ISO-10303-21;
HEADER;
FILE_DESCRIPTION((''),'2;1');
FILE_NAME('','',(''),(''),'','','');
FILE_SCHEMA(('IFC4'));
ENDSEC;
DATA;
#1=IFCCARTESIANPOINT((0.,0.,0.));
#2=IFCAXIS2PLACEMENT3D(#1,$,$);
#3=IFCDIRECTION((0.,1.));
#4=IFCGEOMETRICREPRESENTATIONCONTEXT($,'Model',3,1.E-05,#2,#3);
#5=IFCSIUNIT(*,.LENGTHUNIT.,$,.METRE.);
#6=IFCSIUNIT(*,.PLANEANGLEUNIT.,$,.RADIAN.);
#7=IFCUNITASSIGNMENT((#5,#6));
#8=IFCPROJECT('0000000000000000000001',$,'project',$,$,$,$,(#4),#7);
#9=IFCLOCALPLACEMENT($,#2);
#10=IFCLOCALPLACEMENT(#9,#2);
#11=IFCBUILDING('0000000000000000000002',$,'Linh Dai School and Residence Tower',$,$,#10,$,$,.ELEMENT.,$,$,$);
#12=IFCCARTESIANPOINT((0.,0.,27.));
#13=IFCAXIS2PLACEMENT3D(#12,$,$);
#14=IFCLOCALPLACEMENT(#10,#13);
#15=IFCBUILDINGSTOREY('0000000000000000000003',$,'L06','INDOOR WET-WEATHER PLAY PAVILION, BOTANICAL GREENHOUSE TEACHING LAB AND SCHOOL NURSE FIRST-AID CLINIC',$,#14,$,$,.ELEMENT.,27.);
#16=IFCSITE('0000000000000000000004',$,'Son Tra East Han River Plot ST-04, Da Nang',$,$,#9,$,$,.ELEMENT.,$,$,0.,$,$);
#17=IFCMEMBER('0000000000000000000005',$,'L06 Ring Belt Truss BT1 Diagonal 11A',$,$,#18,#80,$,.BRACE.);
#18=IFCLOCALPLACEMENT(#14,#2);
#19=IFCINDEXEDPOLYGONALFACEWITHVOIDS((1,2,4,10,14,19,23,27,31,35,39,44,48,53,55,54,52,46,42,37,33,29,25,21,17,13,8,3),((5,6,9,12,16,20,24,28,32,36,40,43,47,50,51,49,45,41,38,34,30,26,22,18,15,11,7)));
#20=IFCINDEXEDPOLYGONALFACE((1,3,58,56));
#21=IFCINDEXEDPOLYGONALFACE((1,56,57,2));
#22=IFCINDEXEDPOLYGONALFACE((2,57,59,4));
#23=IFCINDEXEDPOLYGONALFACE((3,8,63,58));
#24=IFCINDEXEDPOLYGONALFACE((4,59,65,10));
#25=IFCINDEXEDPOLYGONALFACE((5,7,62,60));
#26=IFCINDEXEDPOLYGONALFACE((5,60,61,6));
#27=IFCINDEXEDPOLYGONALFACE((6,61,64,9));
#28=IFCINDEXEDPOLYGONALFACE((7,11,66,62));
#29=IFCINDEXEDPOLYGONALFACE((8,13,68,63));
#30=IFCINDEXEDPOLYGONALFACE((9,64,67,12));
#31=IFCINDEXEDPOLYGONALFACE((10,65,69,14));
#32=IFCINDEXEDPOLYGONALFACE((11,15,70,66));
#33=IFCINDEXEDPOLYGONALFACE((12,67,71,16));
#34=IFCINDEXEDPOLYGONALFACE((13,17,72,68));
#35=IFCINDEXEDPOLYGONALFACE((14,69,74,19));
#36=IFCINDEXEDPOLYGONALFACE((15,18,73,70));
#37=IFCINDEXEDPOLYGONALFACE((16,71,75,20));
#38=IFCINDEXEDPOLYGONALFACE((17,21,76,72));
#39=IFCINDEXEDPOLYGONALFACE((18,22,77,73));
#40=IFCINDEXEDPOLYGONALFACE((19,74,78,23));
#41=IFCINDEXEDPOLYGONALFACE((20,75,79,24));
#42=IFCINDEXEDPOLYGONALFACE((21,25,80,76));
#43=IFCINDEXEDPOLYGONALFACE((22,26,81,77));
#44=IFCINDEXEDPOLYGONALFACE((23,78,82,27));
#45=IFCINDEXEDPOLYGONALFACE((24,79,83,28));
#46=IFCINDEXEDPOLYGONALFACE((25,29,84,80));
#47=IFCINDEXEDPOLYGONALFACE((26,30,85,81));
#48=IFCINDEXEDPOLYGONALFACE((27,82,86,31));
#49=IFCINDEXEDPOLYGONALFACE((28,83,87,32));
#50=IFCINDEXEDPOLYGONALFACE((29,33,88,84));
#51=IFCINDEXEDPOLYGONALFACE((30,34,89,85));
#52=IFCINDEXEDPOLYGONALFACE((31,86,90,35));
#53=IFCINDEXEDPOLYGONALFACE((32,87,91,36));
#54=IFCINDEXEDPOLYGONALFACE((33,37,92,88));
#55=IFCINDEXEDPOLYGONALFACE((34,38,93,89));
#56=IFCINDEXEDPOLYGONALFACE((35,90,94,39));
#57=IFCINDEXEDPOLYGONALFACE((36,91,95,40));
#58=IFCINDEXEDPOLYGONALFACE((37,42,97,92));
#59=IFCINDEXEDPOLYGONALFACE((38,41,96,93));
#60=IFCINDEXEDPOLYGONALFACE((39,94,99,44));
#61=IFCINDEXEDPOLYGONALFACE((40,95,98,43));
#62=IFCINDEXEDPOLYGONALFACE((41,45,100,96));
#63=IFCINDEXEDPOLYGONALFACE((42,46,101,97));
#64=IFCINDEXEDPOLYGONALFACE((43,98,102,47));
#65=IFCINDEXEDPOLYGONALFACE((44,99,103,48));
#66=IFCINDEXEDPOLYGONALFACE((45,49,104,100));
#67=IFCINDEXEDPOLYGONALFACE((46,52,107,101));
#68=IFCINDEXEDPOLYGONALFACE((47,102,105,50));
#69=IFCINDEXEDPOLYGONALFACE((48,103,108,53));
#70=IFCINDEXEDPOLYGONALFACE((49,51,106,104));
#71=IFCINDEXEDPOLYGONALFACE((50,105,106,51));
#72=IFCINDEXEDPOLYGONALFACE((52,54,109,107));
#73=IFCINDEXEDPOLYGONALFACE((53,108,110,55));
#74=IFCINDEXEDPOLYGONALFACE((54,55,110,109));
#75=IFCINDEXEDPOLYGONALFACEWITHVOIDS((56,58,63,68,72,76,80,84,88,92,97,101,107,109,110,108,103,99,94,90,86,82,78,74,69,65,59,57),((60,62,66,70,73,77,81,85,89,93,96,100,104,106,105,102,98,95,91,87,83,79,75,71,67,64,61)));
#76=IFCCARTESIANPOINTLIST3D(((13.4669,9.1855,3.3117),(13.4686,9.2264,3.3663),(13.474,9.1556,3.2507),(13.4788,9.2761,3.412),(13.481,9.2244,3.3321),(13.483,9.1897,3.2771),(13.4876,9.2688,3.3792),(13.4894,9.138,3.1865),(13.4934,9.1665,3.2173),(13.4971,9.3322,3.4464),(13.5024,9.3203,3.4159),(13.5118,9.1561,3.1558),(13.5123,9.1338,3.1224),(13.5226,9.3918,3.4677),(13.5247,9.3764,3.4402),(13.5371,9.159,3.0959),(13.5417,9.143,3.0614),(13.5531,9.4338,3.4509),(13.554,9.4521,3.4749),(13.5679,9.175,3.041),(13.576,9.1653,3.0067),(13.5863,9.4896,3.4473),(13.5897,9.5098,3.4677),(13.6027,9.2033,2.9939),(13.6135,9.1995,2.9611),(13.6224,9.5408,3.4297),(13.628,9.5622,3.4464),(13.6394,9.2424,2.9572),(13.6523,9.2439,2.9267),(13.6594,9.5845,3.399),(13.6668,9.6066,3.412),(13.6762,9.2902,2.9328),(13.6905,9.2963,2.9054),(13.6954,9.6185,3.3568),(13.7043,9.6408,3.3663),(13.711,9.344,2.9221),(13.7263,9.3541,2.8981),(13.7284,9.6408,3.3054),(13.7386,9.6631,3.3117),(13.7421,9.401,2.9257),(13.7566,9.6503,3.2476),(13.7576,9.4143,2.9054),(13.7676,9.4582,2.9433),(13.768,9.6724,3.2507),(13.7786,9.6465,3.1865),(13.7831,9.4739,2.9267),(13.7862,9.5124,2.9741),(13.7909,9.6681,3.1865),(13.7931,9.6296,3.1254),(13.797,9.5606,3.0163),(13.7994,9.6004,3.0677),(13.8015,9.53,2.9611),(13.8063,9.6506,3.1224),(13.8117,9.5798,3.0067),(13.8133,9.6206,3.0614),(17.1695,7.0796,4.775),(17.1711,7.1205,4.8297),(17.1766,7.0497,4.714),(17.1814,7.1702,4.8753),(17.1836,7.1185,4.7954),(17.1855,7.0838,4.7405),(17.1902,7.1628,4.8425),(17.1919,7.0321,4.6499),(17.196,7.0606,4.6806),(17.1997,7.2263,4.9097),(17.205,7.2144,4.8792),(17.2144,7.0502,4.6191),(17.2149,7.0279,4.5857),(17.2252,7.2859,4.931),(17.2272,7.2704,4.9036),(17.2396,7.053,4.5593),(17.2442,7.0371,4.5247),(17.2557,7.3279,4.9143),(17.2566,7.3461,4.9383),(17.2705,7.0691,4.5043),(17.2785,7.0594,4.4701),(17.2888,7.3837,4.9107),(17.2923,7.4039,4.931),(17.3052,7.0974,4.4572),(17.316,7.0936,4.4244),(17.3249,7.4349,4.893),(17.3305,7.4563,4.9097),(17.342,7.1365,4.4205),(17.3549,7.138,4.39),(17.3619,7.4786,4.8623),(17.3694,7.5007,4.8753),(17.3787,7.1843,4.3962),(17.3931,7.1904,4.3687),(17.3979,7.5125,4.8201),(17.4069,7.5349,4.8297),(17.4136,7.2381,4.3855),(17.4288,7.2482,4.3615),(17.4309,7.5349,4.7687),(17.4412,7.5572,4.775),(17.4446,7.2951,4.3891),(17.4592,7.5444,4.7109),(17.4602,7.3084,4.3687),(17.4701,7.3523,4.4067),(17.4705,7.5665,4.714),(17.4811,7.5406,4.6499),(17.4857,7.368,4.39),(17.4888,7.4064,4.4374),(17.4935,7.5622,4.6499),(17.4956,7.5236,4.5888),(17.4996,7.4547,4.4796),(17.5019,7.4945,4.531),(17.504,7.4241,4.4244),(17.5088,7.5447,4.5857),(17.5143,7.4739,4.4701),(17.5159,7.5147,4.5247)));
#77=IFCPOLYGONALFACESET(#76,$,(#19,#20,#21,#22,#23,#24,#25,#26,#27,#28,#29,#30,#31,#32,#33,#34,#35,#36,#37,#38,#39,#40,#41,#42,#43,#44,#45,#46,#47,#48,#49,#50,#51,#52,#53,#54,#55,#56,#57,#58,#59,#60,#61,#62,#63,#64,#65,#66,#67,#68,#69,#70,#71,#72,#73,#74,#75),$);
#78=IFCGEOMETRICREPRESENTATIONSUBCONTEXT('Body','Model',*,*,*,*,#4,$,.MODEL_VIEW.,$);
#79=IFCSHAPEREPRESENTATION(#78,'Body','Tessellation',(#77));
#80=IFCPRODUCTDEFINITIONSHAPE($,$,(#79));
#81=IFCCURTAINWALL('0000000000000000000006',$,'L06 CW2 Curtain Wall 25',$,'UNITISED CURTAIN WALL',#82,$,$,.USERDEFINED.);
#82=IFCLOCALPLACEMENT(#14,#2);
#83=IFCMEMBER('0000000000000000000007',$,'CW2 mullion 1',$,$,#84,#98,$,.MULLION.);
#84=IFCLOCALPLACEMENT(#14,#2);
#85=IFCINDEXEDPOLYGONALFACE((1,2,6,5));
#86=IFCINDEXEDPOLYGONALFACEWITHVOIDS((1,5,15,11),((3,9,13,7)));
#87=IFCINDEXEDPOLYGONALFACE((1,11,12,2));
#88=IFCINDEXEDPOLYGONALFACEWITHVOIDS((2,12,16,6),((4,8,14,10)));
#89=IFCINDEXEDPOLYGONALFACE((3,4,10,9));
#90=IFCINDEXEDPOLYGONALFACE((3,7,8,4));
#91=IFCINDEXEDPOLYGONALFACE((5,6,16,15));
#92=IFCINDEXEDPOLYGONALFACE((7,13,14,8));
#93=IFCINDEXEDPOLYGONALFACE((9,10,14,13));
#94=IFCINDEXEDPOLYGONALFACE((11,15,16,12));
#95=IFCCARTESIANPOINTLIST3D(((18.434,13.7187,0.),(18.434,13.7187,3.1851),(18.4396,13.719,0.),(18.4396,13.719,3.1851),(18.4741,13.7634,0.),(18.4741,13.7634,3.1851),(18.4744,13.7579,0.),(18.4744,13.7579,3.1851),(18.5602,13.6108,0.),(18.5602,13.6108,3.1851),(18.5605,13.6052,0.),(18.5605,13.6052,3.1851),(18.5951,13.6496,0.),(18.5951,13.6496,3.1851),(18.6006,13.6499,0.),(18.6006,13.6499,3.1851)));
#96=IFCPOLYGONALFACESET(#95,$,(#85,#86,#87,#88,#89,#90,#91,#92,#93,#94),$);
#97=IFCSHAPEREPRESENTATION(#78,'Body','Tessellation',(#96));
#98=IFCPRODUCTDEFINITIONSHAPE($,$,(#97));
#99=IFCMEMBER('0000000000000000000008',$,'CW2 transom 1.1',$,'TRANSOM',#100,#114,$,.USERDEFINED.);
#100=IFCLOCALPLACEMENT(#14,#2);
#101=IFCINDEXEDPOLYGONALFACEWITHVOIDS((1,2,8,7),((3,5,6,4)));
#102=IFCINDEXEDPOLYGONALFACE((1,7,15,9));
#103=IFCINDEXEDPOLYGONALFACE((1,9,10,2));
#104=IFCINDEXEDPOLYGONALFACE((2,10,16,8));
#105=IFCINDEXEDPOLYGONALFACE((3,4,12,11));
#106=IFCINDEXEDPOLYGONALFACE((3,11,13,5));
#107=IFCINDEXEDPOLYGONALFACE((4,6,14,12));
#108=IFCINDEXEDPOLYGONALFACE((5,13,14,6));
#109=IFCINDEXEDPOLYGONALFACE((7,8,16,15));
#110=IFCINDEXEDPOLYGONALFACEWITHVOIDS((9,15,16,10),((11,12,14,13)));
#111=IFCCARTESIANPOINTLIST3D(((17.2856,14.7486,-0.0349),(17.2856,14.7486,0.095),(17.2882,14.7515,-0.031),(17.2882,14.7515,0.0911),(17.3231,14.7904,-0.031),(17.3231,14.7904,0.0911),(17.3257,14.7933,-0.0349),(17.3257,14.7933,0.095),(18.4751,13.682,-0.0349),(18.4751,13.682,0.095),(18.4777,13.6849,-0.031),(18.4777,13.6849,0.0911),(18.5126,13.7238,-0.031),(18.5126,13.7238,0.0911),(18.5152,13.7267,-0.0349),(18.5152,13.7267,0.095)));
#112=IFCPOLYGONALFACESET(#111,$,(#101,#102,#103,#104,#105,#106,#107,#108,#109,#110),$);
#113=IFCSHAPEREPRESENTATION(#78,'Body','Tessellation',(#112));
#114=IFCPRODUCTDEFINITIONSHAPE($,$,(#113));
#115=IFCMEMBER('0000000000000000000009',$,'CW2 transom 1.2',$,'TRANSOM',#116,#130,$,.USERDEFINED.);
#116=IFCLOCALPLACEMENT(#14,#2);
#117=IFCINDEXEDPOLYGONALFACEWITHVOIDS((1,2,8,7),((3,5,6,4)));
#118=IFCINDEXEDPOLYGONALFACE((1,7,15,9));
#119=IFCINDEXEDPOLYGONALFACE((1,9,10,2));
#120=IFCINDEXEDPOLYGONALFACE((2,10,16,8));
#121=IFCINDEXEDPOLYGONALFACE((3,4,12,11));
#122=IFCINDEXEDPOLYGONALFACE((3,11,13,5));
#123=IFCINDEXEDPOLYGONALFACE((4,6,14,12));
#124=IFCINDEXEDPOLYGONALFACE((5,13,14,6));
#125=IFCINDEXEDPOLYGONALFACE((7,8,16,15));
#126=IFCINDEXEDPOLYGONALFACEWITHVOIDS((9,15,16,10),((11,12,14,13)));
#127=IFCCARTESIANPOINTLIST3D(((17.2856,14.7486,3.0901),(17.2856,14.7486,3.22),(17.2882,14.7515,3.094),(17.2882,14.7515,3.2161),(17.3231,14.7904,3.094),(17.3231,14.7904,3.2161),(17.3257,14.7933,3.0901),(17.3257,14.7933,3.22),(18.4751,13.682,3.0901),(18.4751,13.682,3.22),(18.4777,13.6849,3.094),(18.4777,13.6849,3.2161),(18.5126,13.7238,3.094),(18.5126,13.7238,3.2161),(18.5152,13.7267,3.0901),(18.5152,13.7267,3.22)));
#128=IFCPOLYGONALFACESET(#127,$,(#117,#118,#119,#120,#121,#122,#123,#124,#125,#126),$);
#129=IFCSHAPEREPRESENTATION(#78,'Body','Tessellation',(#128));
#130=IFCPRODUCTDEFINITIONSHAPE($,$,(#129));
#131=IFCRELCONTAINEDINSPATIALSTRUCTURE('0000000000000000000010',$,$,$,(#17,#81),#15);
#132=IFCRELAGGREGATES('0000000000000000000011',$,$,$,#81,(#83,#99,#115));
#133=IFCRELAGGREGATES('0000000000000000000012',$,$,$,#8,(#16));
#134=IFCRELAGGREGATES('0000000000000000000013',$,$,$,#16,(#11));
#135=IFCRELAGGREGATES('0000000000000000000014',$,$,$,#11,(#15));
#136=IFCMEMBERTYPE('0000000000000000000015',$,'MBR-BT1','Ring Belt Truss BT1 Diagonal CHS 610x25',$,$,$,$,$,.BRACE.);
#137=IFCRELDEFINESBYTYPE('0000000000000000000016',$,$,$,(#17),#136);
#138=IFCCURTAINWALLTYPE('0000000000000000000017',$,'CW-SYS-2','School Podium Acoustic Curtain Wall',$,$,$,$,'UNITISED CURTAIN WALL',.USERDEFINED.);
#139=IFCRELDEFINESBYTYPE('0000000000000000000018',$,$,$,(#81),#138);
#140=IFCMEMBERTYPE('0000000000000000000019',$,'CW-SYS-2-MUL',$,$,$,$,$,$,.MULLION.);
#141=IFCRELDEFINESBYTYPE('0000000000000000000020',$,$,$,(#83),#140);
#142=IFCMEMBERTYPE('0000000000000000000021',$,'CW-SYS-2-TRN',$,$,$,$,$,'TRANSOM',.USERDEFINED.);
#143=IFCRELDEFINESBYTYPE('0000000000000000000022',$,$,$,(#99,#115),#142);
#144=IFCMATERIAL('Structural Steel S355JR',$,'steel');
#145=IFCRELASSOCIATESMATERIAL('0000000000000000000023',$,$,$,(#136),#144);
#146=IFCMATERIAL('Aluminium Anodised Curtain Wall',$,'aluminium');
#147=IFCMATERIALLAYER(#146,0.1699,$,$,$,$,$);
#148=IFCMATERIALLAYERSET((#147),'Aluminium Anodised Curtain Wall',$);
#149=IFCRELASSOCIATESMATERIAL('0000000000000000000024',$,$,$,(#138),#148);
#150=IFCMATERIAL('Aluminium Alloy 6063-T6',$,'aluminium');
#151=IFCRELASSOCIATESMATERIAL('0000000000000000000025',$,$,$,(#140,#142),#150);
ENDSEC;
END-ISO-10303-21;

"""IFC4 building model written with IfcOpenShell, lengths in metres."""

from ifc_helpers import new_model, si_unit, direction, frame, origin, origin_2d, place, context, subcontext, project, spatial, hollow_rectangle, hollow_circle, extrude, source, transform, mapped, material, layer, layer_set, material_profile, profile_set, type_object, element, aggregate, save


model = new_model("IFC4")

# Units and contexts
model_context = context("Model", 3, precision=1e-05, world=origin(), true_north=direction((0.0, 1.0)))
body_context = subcontext(model_context, "Body", "Model", "MODEL_VIEW")
ifc_project = project(units=[si_unit("LENGTHUNIT", "METRE"), si_unit("PLANEANGLEUNIT", "RADIAN")], contexts=[model_context])

# Site, building, storey
site_placement = place(None, origin())
site = spatial("IfcSite", under=ifc_project, at=site_placement, Name="Son Tra East Han River Plot ST-04, Da Nang", CompositionType="ELEMENT", RefElevation=0.0)
building_placement = place(site_placement, origin())
building = spatial("IfcBuilding", under=site, at=building_placement, Name="Linh Dai School and Residence Tower", CompositionType="ELEMENT")
storey_placement = place(building_placement, frame((0.0, 0.0, 27.0)))
storey = spatial("IfcBuildingStorey", under=building, at=storey_placement, Name="L06", Description="INDOOR WET-WEATHER PLAY PAVILION, BOTANICAL GREENHOUSE TEACHING LAB AND SCHOOL NURSE FIRST-AID CLINIC", CompositionType="ELEMENT", Elevation=27.0)

# Shared definitions
ifc_material_1 = material(Name="Structural Steel S355JR", Category="steel")

# Member
ifc_material_profile_1 = material_profile(ifc_material_1, hollow_circle(Radius=0.3049, WallThickness=0.0249, at=origin_2d()), Name="CHS 610x25")
ifc_profile_set_1 = profile_set([ifc_material_profile_1], Name="Structural Steel S355JR")
member_type_1 = type_object("IfcMemberType", Name="MBR-BT1", Description="Ring Belt Truss BT1 Diagonal CHS 610x25", PredefinedType="BRACE", material=ifc_profile_set_1)
member_1_placement = place(storey_placement, frame((13.6401, 9.4031, 3.1865), z_axis=(0.822077, -0.467574, 0.324906), x_axis=(0.494397, 0.869236, 0.0)))
element("IfcMember", 1, at=member_1_placement, inside=storey, type_object=member_type_1, Name="L06 Ring Belt Truss BT1 Diagonal 11A", PredefinedType="BRACE", context=body_context, shape_type="SweptSolid", body=[
    extrude(hollow_circle(Radius=0.3049, WallThickness=0.0249, at=origin_2d()), origin(), (0.0, 0.0, 1.0), 4.5039),
])

# Curtain wall, members
ifc_material_2 = material(Name="Aluminium Anodised Curtain Wall", Category="aluminium")
ifc_layer_1 = layer(ifc_material_2, 0.1699)
ifc_layer_set_1 = layer_set([ifc_layer_1], Name="Aluminium Anodised Curtain Wall")
curtain_wall_type = type_object("IfcCurtainWallType", Name="CW-SYS-2", Description="School Podium Acoustic Curtain Wall", ElementType="UNITISED CURTAIN WALL", PredefinedType="USERDEFINED", material=ifc_layer_set_1)
curtain_wall_placement = place(storey_placement, origin())
curtain_wall = element("IfcCurtainWall", 2, at=curtain_wall_placement, inside=storey, type_object=curtain_wall_type, Name="L06 CW2 Curtain Wall 25", ObjectType="UNITISED CURTAIN WALL", PredefinedType="USERDEFINED")
ifc_material_3 = material(Name="Aluminium Alloy 6063-T6", Category="aluminium")
ifc_material_profile_2 = material_profile(ifc_material_3, hollow_rectangle(XDim=0.0601, YDim=0.1699, WallThickness=0.0039, at=origin_2d()), Name="RHS 170x60x4")
ifc_profile_set_2 = profile_set([ifc_material_profile_2], Name="Aluminium Alloy 6063-T6")
member_type_2 = type_object("IfcMemberType", Name="CW-SYS-2-MUL", PredefinedType="MULLION", material=ifc_profile_set_2)
shared_shape_1 = source(origin(), body_context, "Body", "SweptSolid", [
    extrude(hollow_rectangle(XDim=0.0601, YDim=0.1699, WallThickness=0.0039, at=origin_2d()), origin(), (0.0, 0.0, 1.0), 3.1851),
])
member_2_placement = place(storey_placement, frame((18.5173, 13.6843, 0.0), z_axis=(0.0, 0.0, 1.0), x_axis=(-0.667731, -0.744403, 0.0)))
member_2 = element("IfcMember", 3, at=member_2_placement, type_object=member_type_2, Name="CW2 mullion 1", PredefinedType="MULLION", context=body_context, shape_type="MappedRepresentation", body=[
    mapped(shared_shape_1, transform((0.0, 0.0, 0.0), x_axis=(1.0, 0.0, 0.0), y_axis=(0.0, 1.0, 0.0), z_axis=(0.0, 0.0, 1.0), scale=1.0)),
])
ifc_material_profile_3 = material_profile(ifc_material_3, hollow_rectangle(XDim=0.0601, YDim=0.1299, WallThickness=0.0039, at=origin_2d()), Name="RHS 130x60x4")
ifc_profile_set_3 = profile_set([ifc_material_profile_3], Name="Aluminium Alloy 6063-T6")
member_type_3 = type_object("IfcMemberType", Name="CW-SYS-2-TRN", ElementType="TRANSOM", PredefinedType="USERDEFINED", material=ifc_profile_set_3)
shared_shape_2 = source(origin(), body_context, "Body", "SweptSolid", [
    extrude(hollow_rectangle(XDim=0.0601, YDim=0.1299, WallThickness=0.0039, at=origin_2d()), origin(), (0.0, 0.0, 1.0), 1.5977),
])
member_3_placement = place(storey_placement, frame((18.4951, 13.7043, 0.03), z_axis=(-0.744493, 0.66763, 0.0), x_axis=(-0.66763, -0.744493, 0.0)))
member_3 = element("IfcMember", 4, at=member_3_placement, type_object=member_type_3, Name="CW2 transom 1.1", ObjectType="TRANSOM", PredefinedType="USERDEFINED", context=body_context, shape_type="MappedRepresentation", body=[
    mapped(shared_shape_2, transform((0.0, 0.0, 0.0), x_axis=(1.0, 0.0, 0.0), y_axis=(0.0, 1.0, 0.0), z_axis=(0.0, 0.0, 1.0), scale=1.0)),
])
member_4_placement = place(storey_placement, frame((18.4951, 13.7043, 3.155), z_axis=(-0.744493, 0.66763, 0.0), x_axis=(-0.66763, -0.744493, 0.0)))
member_4 = element("IfcMember", 5, at=member_4_placement, type_object=member_type_3, Name="CW2 transom 1.2", ObjectType="TRANSOM", PredefinedType="USERDEFINED", context=body_context, shape_type="MappedRepresentation", body=[
    mapped(shared_shape_2, transform((0.0, 0.0, 0.0), x_axis=(1.0, 0.0, 0.0), y_axis=(0.0, 1.0, 0.0), z_axis=(0.0, 0.0, 1.0), scale=1.0)),
])

aggregate(curtain_wall, [member_2, member_3, member_4])

save(model, "model.ifc")
